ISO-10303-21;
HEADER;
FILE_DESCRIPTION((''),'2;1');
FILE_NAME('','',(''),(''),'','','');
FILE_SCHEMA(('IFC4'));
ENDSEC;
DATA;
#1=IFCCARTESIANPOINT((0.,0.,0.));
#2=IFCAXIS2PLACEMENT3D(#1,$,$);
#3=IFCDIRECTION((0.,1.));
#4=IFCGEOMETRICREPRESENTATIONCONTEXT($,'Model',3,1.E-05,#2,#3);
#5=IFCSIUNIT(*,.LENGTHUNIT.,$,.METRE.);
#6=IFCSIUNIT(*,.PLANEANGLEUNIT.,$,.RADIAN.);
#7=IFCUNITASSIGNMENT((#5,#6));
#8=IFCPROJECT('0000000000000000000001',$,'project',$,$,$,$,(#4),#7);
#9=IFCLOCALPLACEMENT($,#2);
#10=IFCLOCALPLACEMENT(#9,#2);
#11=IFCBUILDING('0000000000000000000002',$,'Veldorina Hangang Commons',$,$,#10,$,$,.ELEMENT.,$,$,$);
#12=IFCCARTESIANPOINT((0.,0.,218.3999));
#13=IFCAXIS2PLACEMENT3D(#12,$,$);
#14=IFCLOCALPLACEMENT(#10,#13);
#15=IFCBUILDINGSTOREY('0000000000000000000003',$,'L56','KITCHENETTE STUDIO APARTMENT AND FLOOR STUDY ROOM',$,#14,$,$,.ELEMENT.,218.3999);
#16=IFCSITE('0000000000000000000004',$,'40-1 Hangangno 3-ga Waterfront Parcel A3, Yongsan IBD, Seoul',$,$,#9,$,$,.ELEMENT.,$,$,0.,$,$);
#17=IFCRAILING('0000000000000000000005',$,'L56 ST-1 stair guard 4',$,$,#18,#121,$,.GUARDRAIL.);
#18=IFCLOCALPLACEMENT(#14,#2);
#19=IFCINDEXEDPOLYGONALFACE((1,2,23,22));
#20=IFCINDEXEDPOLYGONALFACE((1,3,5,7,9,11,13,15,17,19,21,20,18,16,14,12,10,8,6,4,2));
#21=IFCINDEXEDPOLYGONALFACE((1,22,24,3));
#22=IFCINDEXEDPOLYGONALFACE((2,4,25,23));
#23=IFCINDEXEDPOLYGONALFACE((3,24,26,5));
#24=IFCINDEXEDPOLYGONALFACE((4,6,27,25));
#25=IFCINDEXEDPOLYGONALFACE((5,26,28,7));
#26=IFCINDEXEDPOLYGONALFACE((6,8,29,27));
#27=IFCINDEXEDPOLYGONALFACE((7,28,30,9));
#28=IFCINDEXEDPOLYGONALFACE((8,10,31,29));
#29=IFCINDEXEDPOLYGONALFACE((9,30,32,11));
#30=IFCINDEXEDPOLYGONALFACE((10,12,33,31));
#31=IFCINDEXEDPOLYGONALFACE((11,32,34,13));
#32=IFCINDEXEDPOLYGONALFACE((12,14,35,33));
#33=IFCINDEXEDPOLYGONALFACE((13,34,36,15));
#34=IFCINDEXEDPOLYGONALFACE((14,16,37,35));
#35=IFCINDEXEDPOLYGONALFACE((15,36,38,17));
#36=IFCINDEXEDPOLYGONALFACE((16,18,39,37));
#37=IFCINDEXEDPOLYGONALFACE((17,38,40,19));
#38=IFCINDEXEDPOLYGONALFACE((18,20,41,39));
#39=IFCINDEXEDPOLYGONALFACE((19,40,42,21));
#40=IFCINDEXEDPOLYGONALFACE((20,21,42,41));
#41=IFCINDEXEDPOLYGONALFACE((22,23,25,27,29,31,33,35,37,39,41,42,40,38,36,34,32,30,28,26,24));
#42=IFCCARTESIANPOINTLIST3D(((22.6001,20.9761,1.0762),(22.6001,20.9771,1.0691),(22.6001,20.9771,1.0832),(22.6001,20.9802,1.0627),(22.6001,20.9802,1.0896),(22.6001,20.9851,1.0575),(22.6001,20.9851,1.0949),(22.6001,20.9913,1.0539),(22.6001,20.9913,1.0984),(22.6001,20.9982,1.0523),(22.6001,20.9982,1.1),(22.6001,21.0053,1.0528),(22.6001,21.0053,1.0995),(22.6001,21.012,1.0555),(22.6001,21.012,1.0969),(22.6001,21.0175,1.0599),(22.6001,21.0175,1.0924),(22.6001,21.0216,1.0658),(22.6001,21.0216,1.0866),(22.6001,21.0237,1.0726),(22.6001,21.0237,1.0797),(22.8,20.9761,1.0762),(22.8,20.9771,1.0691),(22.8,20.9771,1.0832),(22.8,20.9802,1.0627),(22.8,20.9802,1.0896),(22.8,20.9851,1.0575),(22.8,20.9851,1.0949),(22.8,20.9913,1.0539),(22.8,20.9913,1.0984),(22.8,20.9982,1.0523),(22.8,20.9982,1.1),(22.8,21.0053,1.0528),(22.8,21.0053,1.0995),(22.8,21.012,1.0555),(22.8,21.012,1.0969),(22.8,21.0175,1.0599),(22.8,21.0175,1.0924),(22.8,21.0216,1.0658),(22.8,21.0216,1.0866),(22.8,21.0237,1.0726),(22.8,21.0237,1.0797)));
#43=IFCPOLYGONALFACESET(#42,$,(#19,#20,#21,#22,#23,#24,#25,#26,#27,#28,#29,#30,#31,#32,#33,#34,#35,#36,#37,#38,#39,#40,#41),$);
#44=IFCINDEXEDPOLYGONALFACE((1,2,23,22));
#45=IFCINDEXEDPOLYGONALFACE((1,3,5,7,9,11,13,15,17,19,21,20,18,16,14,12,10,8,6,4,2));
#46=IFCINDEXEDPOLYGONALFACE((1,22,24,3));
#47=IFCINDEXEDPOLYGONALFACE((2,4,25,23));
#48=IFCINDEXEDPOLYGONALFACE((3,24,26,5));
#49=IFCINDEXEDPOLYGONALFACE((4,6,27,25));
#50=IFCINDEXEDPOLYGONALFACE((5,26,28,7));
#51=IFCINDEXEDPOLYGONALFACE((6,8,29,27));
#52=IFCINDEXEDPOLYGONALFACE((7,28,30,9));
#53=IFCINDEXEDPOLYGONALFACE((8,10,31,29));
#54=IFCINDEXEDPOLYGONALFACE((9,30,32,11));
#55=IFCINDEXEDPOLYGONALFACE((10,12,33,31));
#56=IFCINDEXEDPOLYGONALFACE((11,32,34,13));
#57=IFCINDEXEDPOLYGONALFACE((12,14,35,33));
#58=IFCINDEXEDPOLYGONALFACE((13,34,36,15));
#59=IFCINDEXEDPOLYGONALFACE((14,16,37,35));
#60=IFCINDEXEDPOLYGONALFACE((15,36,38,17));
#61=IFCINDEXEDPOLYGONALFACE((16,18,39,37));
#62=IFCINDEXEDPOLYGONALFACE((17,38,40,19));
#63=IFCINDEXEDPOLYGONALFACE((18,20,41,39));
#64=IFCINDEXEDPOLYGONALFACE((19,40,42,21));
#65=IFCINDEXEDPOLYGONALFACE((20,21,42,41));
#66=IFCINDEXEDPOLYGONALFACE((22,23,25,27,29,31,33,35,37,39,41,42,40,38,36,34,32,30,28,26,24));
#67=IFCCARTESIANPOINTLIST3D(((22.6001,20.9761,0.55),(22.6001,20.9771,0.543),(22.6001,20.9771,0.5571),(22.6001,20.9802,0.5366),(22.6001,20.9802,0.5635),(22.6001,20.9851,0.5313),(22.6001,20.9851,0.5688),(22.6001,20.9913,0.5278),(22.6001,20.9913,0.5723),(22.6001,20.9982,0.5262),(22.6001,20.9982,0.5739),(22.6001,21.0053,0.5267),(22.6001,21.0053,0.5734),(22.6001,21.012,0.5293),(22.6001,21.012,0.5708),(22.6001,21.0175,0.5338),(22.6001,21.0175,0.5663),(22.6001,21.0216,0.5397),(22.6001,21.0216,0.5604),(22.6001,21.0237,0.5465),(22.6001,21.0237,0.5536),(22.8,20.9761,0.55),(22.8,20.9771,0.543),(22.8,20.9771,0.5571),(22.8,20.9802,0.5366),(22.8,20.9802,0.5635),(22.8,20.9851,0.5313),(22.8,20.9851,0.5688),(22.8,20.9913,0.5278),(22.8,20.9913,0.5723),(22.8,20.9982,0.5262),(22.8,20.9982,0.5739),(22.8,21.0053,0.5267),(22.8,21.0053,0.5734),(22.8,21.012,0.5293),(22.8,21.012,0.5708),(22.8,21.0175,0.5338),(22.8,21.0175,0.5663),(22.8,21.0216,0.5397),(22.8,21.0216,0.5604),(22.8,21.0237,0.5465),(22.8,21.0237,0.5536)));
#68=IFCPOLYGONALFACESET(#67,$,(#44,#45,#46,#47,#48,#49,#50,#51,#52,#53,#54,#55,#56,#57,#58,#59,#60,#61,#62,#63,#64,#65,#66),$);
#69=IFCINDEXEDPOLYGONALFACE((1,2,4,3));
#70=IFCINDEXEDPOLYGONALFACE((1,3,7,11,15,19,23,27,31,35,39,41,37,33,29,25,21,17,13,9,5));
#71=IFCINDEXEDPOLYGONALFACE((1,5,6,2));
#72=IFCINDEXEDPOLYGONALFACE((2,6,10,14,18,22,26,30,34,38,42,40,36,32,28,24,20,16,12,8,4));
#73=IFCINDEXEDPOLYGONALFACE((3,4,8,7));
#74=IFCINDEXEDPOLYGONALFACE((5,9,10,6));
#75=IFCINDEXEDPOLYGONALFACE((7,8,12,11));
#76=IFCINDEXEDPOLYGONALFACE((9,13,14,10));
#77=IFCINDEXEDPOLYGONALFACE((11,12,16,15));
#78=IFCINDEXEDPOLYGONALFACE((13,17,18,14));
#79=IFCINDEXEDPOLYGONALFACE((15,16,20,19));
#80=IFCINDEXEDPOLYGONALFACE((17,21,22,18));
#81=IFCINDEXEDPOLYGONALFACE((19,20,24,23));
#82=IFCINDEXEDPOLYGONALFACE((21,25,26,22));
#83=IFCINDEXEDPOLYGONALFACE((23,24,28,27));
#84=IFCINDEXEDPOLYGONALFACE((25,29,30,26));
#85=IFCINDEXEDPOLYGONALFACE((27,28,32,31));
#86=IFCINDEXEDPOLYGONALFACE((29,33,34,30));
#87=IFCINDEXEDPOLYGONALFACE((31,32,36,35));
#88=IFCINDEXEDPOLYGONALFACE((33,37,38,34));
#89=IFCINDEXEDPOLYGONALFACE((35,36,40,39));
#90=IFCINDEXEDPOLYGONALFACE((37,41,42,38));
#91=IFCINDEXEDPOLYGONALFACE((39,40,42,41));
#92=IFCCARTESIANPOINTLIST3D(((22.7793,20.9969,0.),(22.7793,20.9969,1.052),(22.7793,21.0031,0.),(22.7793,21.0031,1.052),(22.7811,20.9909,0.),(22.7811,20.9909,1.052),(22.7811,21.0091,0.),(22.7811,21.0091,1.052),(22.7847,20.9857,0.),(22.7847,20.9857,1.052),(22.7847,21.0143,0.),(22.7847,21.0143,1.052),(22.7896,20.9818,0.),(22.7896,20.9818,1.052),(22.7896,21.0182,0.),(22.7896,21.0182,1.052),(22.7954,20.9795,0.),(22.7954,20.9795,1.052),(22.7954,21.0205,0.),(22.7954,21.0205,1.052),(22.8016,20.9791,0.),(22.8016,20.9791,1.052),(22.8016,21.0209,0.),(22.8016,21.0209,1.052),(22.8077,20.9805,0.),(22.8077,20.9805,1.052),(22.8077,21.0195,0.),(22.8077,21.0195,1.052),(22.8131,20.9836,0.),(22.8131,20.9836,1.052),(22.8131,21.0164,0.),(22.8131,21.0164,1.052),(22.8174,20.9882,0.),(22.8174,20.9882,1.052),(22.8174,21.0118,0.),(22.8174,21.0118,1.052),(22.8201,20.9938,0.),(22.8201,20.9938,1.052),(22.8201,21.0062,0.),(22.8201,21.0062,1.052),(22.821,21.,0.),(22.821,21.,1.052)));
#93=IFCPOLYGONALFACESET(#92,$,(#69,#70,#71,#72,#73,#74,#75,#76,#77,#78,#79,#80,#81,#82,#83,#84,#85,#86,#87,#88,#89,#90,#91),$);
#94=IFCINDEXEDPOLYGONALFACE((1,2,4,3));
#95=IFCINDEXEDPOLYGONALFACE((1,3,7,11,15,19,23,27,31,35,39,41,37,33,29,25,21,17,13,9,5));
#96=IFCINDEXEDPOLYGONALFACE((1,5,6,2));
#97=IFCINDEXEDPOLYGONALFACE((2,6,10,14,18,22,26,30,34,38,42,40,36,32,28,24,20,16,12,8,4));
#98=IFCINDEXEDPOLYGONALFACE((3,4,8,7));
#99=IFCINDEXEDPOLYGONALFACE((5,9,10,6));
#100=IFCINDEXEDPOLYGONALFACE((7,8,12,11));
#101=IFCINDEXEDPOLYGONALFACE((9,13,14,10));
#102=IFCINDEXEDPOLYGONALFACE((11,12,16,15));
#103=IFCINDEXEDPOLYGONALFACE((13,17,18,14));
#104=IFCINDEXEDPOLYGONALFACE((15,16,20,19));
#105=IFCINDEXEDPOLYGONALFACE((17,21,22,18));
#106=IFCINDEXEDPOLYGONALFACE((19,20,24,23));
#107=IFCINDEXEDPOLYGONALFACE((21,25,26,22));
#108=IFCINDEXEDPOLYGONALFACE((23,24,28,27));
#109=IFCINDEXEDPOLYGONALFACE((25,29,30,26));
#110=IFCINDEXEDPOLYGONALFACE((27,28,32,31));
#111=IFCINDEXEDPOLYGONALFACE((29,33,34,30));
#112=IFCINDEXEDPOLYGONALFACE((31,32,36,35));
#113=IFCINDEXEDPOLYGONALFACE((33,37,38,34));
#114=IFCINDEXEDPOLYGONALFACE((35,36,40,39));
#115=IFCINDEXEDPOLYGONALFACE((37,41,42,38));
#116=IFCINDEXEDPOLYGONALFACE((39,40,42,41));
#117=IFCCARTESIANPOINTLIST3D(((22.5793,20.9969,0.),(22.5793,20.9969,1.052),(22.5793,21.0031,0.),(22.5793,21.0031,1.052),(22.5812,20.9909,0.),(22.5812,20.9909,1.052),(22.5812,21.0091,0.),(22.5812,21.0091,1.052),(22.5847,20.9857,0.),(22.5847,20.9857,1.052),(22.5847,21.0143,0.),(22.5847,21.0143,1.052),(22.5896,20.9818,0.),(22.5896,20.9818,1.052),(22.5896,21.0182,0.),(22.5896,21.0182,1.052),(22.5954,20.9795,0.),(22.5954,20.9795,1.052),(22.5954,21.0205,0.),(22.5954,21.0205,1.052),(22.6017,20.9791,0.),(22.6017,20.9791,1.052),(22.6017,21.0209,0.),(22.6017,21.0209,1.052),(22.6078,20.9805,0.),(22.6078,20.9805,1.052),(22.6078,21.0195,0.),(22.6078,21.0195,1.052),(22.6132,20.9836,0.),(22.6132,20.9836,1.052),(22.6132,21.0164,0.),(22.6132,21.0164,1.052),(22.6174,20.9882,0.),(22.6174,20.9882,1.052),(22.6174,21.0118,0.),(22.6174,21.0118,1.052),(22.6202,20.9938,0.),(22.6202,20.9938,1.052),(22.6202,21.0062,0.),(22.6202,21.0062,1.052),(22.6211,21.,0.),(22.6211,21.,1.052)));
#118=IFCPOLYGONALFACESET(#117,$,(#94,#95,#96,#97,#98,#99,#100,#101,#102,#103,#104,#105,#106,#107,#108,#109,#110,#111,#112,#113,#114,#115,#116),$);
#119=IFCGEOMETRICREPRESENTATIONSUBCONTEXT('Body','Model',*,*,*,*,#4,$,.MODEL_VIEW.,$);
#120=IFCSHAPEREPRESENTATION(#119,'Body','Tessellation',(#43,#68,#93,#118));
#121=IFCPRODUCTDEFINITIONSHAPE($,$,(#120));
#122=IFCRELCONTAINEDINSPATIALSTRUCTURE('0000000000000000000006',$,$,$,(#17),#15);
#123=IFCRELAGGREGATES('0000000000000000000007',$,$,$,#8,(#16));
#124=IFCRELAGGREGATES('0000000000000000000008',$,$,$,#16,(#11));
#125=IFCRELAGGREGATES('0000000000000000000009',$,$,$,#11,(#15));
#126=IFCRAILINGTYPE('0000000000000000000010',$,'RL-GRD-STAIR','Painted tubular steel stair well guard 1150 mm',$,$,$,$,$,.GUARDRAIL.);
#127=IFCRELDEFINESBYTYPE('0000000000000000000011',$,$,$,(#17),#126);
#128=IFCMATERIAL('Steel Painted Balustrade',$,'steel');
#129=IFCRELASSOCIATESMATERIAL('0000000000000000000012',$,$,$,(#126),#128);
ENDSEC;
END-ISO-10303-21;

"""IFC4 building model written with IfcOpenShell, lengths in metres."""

from ifc_helpers import new_model, si_unit, direction, frame, origin, origin_2d, place, context, subcontext, project, spatial, circle, extrude, material, type_object, element, save


model = new_model("IFC4")

# Units and contexts
model_context = context("Model", 3, precision=1e-05, world=origin(), true_north=direction((0.0, 1.0)))
body_context = subcontext(model_context, "Body", "Model", "MODEL_VIEW")
ifc_project = project(units=[si_unit("LENGTHUNIT", "METRE"), si_unit("PLANEANGLEUNIT", "RADIAN")], contexts=[model_context])

# Site, building, storey
site_placement = place(None, origin())
site = spatial("IfcSite", under=ifc_project, at=site_placement, Name="40-1 Hangangno 3-ga Waterfront Parcel A3, Yongsan IBD, Seoul", CompositionType="ELEMENT", RefElevation=0.0)
building_placement = place(site_placement, origin())
building = spatial("IfcBuilding", under=site, at=building_placement, Name="Veldorina Hangang Commons", CompositionType="ELEMENT")
storey_placement = place(building_placement, frame((0.0, 0.0, 218.3999)))
storey = spatial("IfcBuildingStorey", under=building, at=storey_placement, Name="L56", Description="KITCHENETTE STUDIO APARTMENT AND FLOOR STUDY ROOM", CompositionType="ELEMENT", Elevation=218.3999)

# Railing
ifc_material_1 = material(Name="Steel Painted Balustrade", Category="steel")
railing_type_1 = type_object("IfcRailingType", Name="RL-GRD-STAIR", Description="Painted tubular steel stair well guard 1150 mm", PredefinedType="GUARDRAIL", material=ifc_material_1)
railing_1_placement = place(storey_placement, frame((22.8, 21.0, 0.0)))
element("IfcRailing", 1, at=railing_1_placement, inside=storey, type_object=railing_type_1, Name="L56 ST-1 stair guard 4", PredefinedType="GUARDRAIL", context=body_context, shape_type="SweptSolid", body=[
    extrude(circle(Radius=0.0239, at=origin_2d()), frame((0.0, 0.0, 1.0762), z_axis=(-1.0, 0.0, 0.0), x_axis=(0.0, -1.0, 0.0)), (0.0, 0.0, 1.0), 0.2),
    extrude(circle(Radius=0.0239, at=origin_2d()), frame((0.0, 0.0, 0.55), z_axis=(-1.0, 0.0, 0.0), x_axis=(0.0, -1.0, 0.0)), (0.0, 0.0, 1.0), 0.2),
    extrude(circle(Radius=0.021, at=origin_2d()), origin(), (0.0, 0.0, 1.0), 1.052),
    extrude(circle(Radius=0.021, at=origin_2d()), frame((-0.2, 0.0, 0.0)), (0.0, 0.0, 1.0), 1.052),
])

save(model, "model.ifc")
